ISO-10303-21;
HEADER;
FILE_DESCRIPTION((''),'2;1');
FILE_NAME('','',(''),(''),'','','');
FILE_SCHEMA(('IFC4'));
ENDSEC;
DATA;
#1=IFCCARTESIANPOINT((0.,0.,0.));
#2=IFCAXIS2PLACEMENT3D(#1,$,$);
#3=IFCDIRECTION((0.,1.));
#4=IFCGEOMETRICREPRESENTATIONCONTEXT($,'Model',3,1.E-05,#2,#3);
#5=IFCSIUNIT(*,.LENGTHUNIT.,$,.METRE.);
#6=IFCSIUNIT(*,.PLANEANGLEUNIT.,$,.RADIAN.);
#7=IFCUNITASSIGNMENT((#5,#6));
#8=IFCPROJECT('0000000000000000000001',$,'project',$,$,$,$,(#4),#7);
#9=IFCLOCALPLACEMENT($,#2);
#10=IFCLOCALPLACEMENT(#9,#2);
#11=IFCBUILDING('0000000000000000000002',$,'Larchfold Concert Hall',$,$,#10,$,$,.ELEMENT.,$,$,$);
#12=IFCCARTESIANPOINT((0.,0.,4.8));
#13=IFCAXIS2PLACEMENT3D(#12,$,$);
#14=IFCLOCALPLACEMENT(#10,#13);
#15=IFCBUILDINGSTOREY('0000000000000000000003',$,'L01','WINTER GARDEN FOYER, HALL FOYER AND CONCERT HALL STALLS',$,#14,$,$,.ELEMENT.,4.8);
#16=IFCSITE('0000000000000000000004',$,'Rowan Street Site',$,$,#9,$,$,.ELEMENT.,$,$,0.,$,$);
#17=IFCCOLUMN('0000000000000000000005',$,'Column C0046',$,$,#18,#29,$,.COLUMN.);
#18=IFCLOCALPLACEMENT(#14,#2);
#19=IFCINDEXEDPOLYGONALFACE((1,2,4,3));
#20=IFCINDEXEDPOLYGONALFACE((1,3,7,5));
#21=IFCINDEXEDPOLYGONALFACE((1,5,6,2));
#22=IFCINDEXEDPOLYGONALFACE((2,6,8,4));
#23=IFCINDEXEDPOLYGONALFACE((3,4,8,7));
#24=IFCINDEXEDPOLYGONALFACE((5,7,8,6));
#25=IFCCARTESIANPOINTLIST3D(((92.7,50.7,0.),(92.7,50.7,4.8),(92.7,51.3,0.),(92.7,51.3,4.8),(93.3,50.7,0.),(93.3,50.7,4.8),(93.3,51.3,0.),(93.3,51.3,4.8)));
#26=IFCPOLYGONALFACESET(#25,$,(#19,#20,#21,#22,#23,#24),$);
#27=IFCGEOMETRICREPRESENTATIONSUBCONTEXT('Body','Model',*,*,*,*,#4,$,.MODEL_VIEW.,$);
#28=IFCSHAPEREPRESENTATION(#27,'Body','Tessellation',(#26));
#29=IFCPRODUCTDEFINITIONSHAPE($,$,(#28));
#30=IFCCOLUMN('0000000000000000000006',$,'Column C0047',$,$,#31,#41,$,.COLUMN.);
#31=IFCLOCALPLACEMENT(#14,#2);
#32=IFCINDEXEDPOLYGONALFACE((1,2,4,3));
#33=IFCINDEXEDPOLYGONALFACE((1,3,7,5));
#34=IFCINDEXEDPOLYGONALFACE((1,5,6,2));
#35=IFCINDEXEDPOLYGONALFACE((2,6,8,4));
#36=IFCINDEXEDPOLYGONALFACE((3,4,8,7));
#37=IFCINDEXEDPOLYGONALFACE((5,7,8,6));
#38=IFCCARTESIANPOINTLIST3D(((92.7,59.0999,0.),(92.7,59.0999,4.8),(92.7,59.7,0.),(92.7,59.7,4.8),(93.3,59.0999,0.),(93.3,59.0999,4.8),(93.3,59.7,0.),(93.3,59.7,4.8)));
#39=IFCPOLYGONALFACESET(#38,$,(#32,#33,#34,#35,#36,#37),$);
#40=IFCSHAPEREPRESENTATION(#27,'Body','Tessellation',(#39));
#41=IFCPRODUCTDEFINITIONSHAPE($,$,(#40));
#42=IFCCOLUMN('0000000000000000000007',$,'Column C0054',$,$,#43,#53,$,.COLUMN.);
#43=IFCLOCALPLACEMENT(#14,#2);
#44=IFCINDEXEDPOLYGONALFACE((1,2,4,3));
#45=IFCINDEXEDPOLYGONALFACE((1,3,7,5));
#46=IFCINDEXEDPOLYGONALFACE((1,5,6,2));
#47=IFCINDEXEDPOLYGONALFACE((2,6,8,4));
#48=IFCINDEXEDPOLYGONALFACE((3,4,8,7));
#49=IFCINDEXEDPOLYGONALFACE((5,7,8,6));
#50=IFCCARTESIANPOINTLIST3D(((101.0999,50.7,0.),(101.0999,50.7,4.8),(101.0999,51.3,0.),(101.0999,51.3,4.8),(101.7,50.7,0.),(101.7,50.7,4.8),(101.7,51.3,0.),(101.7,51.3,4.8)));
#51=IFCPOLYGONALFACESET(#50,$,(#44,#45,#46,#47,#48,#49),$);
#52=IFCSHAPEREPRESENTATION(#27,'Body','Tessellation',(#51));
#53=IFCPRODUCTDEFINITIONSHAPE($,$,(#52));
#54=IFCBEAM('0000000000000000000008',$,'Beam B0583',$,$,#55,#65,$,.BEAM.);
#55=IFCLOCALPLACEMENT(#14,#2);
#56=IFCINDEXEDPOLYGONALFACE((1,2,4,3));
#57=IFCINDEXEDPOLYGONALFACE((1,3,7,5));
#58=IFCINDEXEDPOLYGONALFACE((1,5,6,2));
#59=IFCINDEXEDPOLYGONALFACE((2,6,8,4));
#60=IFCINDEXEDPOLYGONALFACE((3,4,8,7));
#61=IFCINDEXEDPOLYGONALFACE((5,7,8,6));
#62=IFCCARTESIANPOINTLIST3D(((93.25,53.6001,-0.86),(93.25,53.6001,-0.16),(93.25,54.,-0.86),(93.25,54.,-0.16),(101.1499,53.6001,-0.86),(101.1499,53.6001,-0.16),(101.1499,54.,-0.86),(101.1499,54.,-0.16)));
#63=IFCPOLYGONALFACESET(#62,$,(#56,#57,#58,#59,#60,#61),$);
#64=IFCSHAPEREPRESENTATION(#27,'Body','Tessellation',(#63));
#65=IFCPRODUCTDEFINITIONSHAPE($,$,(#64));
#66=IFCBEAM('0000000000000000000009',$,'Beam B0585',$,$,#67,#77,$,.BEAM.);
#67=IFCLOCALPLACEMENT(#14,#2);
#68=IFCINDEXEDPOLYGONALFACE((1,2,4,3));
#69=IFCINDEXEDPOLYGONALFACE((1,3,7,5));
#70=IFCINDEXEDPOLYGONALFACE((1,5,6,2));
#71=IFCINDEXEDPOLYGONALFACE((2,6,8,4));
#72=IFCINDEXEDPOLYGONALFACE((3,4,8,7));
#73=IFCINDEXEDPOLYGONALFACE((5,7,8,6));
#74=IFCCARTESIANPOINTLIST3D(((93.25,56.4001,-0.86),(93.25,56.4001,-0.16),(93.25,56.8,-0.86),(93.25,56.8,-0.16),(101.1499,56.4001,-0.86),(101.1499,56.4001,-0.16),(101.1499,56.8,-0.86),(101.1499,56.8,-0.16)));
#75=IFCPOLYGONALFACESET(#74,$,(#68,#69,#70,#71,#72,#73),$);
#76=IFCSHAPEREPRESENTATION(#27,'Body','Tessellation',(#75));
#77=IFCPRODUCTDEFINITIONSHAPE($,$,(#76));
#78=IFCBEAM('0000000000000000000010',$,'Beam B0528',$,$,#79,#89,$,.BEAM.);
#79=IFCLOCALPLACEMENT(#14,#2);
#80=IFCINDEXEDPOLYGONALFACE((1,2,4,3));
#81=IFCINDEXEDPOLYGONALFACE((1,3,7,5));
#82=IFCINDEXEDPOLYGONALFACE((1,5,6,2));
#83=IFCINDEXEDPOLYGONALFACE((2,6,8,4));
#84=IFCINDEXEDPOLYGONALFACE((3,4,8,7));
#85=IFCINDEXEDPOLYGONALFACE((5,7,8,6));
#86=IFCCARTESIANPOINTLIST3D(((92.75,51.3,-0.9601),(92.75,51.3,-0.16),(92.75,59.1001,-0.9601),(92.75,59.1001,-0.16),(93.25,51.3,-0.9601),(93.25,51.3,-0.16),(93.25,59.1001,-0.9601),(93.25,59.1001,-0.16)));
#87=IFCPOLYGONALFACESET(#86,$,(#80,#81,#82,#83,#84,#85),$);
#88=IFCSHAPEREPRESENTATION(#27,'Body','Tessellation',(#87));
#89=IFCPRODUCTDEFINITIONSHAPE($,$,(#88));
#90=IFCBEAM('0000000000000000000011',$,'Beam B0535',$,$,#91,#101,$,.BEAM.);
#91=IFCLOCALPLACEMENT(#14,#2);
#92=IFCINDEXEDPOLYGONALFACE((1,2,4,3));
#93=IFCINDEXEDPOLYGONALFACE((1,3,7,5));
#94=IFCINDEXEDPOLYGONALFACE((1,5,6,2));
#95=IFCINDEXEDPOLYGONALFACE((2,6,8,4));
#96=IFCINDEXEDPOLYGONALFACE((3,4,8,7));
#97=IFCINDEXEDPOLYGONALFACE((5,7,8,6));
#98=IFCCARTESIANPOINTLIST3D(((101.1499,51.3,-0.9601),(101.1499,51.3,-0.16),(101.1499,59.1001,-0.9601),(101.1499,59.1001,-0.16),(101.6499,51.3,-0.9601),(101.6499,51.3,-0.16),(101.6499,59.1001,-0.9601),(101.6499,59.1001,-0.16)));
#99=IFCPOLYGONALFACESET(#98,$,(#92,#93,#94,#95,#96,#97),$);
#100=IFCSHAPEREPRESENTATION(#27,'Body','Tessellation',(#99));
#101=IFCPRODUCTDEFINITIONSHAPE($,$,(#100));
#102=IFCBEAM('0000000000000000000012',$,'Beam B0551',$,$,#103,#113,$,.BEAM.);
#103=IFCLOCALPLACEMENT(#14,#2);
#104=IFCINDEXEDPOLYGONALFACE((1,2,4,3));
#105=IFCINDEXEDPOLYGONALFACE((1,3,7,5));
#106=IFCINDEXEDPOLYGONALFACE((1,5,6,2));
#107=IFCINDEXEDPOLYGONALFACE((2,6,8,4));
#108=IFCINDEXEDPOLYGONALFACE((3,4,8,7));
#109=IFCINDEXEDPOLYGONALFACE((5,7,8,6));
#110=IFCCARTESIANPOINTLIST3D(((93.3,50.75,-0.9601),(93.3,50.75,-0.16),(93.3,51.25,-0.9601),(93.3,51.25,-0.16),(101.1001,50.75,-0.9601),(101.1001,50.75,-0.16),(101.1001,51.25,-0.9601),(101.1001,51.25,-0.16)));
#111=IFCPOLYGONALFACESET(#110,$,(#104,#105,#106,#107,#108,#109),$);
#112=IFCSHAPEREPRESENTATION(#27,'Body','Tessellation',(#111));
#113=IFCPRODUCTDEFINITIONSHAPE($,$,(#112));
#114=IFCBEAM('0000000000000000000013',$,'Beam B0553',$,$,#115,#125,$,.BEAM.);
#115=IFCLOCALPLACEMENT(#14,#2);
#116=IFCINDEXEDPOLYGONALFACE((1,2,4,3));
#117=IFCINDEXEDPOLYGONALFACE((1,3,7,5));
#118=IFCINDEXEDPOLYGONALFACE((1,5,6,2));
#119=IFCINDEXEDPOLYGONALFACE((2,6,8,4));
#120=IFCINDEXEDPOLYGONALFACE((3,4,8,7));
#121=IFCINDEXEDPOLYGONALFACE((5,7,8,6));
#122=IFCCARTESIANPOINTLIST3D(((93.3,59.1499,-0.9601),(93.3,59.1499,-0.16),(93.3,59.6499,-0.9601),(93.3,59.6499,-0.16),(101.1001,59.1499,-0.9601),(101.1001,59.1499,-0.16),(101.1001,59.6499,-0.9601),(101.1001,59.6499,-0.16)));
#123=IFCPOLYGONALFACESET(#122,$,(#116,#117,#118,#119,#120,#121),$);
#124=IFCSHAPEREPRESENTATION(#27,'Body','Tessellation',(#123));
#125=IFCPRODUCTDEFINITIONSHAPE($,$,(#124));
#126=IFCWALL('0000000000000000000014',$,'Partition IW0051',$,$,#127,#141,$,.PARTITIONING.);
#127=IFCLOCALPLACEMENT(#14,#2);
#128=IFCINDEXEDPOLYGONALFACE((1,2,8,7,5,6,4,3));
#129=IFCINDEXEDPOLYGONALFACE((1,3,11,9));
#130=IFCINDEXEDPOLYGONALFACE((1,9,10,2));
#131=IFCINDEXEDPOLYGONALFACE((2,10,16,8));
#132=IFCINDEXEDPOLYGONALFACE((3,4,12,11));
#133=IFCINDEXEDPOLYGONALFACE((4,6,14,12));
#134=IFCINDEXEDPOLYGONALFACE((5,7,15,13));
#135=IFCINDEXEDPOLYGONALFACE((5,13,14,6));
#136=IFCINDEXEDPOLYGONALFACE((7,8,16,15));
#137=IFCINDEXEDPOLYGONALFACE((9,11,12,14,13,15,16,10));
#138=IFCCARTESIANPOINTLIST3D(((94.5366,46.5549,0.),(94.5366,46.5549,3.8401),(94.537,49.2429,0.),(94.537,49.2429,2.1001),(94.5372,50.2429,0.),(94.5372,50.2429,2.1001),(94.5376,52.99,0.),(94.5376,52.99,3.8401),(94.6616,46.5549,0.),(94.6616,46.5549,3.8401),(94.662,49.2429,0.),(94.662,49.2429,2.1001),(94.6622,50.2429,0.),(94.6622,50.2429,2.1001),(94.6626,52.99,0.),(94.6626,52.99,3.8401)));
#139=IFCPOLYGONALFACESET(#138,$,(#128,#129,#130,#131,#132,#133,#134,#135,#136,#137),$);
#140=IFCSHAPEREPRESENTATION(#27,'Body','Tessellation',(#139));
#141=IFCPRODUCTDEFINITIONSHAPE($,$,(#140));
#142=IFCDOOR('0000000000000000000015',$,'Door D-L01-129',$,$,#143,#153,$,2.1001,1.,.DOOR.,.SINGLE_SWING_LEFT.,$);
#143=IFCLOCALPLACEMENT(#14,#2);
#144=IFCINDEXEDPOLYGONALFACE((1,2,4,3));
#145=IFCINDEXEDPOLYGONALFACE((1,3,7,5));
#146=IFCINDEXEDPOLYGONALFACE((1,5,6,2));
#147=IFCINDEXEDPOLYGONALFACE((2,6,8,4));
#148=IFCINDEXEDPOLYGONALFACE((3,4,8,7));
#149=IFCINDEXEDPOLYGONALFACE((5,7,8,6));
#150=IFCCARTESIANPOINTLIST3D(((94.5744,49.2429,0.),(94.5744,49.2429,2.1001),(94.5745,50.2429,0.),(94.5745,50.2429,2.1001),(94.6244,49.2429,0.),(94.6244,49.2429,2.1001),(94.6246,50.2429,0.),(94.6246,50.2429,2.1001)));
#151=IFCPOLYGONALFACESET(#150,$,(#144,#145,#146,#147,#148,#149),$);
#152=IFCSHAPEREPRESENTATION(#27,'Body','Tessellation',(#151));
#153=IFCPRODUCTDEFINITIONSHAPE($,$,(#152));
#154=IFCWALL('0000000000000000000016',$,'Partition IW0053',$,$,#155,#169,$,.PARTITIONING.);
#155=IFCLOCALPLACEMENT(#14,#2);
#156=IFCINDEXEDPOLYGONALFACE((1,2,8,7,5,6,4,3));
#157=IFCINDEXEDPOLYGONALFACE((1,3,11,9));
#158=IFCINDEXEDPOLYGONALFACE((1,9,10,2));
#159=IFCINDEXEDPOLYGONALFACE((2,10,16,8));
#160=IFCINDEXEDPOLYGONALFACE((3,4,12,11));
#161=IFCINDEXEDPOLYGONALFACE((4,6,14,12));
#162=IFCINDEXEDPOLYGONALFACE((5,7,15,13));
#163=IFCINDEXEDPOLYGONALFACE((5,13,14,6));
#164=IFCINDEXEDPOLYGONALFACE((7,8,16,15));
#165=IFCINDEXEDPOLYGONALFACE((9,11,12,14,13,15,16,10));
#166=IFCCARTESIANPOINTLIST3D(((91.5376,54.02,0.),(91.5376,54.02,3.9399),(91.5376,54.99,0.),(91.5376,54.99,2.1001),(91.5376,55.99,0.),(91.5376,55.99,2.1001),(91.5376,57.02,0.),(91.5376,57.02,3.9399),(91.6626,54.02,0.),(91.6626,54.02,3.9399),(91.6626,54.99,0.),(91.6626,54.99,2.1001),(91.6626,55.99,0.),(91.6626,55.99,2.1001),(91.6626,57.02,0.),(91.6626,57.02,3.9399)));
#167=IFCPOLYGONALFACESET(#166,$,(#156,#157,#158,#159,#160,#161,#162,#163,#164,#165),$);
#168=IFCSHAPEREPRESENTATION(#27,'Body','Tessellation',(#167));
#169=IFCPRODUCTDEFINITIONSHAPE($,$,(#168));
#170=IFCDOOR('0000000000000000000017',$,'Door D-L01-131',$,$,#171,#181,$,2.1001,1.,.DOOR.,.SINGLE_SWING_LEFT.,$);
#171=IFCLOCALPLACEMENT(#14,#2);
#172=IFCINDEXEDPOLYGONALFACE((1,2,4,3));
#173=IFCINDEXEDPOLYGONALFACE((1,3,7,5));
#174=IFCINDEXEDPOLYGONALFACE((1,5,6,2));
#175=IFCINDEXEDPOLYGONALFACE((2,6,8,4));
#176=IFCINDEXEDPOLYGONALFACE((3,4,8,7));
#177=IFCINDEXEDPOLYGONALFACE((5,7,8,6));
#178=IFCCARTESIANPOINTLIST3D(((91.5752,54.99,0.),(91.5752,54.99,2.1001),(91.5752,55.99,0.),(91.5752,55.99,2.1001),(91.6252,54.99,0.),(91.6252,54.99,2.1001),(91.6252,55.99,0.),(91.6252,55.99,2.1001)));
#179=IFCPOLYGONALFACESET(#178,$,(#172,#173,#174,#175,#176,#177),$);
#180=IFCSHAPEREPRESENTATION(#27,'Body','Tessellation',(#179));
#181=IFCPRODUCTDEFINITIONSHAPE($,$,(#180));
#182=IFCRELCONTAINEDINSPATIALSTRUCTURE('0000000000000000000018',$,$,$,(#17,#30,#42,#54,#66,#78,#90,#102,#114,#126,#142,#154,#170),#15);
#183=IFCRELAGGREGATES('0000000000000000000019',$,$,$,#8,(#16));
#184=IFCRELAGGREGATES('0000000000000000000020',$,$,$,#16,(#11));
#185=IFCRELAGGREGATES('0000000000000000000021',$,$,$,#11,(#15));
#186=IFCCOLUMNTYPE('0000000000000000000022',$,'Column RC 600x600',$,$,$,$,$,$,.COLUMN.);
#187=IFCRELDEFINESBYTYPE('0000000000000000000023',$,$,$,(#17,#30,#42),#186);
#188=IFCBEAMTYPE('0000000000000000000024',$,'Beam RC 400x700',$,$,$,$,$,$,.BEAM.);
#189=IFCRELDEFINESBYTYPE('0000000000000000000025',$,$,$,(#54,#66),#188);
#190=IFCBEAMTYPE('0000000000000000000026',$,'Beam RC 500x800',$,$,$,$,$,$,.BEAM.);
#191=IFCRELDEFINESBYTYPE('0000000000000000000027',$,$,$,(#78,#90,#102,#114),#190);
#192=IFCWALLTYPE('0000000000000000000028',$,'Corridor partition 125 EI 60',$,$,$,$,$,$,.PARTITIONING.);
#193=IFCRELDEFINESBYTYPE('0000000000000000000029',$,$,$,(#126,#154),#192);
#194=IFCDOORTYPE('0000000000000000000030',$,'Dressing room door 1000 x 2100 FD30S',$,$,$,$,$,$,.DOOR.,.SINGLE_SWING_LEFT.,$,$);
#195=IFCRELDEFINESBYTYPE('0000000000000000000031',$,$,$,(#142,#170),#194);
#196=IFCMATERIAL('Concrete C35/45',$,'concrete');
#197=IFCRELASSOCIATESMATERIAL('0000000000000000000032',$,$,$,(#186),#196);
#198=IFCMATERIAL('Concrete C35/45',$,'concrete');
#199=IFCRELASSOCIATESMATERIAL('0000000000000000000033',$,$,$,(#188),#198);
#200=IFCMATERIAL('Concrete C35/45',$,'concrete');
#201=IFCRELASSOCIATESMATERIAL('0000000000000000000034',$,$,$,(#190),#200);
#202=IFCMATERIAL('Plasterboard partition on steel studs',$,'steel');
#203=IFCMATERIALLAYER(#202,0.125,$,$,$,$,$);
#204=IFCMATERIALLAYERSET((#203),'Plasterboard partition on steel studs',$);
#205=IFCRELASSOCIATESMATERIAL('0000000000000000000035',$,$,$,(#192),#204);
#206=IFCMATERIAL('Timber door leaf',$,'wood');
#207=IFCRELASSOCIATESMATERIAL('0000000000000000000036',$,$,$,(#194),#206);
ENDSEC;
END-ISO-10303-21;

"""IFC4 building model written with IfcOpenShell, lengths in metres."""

from ifc_helpers import new_model, si_unit, direction, frame, frame_2d, origin, origin_2d, place, context, subcontext, project, spatial, rectangle, extrude, material, layer, layer_set, material_profile, profile_set, type_object, element, fill, save


model = new_model("IFC4")

# Units and contexts
model_context = context("Model", 3, precision=1e-05, world=origin(), true_north=direction((0.0, 1.0)))
body_context = subcontext(model_context, "Body", "Model", "MODEL_VIEW")
ifc_project = project(units=[si_unit("LENGTHUNIT", "METRE"), si_unit("PLANEANGLEUNIT", "RADIAN")], contexts=[model_context])

# Site, building, storey
site_placement = place(None, origin())
site = spatial("IfcSite", under=ifc_project, at=site_placement, Name="Rowan Street Site", CompositionType="ELEMENT", RefElevation=0.0)
building_placement = place(site_placement, origin())
building = spatial("IfcBuilding", under=site, at=building_placement, Name="Larchfold Concert Hall", CompositionType="ELEMENT")
storey_placement = place(building_placement, frame((0.0, 0.0, 4.8)))
storey = spatial("IfcBuildingStorey", under=building, at=storey_placement, Name="L01", Description="WINTER GARDEN FOYER, HALL FOYER AND CONCERT HALL STALLS", CompositionType="ELEMENT", Elevation=4.8)

# Columns
ifc_material_1 = material(Name="Concrete C35/45", Category="concrete")
ifc_material_profile_1 = material_profile(ifc_material_1, rectangle(XDim=0.6001, YDim=0.6001, at=origin_2d()))
ifc_profile_set_1 = profile_set([ifc_material_profile_1], Name="Concrete C35/45")
column_type = type_object("IfcColumnType", Name="Column RC 600x600", PredefinedType="COLUMN", material=ifc_profile_set_1)
for number, where, z_axis, x_axis, name in (
    (1, (93.0, 51.0, 0.0), (0.0, 0.0, 1.0), (1.0, 0.0, 0.0), "Column C0046"),
    (2, (93.0, 59.3999, 0.0), (0.0, 0.0, 1.0), (1.0, 0.0, 0.0), "Column C0047"),
    (3, (101.3999, 51.0, 0.0), (0.0, 0.0, 1.0), (1.0, 0.0, 0.0), "Column C0054"),
):
    element("IfcColumn", number, at=place(storey_placement, frame(where, z_axis=z_axis, x_axis=x_axis)), inside=storey, type_object=column_type, Name=name, PredefinedType="COLUMN", context=body_context, shape_type="SweptSolid", body=[
        extrude(rectangle(XDim=0.6001, YDim=0.6001, at=origin_2d()), origin(), (0.0, 0.0, 1.0), 4.8),
    ])

# Beams
ifc_material_2 = material(Name="Concrete C35/45", Category="concrete")
ifc_material_profile_2 = material_profile(ifc_material_2, rectangle(XDim=0.3999, YDim=0.7, at=origin_2d()))
ifc_profile_set_2 = profile_set([ifc_material_profile_2], Name="Concrete C35/45")
beam_type_1 = type_object("IfcBeamType", Name="Beam RC 400x700", PredefinedType="BEAM", material=ifc_profile_set_2)
for number, where, z_axis, x_axis, name in (
    (4, (93.25, 53.8, -0.51), (1.0, 0.0, 0.0), (0.0, 1.0, 0.0), "Beam B0583"),
    (5, (93.25, 56.6001, -0.51), (1.0, 0.0, 0.0), (0.0, 1.0, 0.0), "Beam B0585"),
):
    element("IfcBeam", number, at=place(storey_placement, frame(where, z_axis=z_axis, x_axis=x_axis)), inside=storey, type_object=beam_type_1, Name=name, PredefinedType="BEAM", context=body_context, shape_type="SweptSolid", body=[
        extrude(rectangle(XDim=0.3999, YDim=0.7, at=origin_2d()), origin(), (0.0, 0.0, 1.0), 7.8999),
    ])
ifc_material_3 = material(Name="Concrete C35/45", Category="concrete")
ifc_material_profile_3 = material_profile(ifc_material_3, rectangle(XDim=0.5, YDim=0.8, at=origin_2d()))
ifc_profile_set_3 = profile_set([ifc_material_profile_3], Name="Concrete C35/45")
beam_type_2 = type_object("IfcBeamType", Name="Beam RC 500x800", PredefinedType="BEAM", material=ifc_profile_set_3)
for number, where, z_axis, x_axis, name in (
    (6, (93.0, 51.3, -0.5601), (0.0, 1.0, 0.0), (-1.0, 0.0, 0.0), "Beam B0528"),
    (7, (101.3999, 51.3, -0.5601), (0.0, 1.0, 0.0), (-1.0, 0.0, 0.0), "Beam B0535"),
    (8, (93.3, 51.0, -0.5601), (1.0, 0.0, 0.0), (0.0, 1.0, 0.0), "Beam B0551"),
    (9, (93.3, 59.3999, -0.5601), (1.0, 0.0, 0.0), (0.0, 1.0, 0.0), "Beam B0553"),
):
    element("IfcBeam", number, at=place(storey_placement, frame(where, z_axis=z_axis, x_axis=x_axis)), inside=storey, type_object=beam_type_2, Name=name, PredefinedType="BEAM", context=body_context, shape_type="SweptSolid", body=[
        extrude(rectangle(XDim=0.5, YDim=0.8, at=origin_2d()), origin(), (0.0, 0.0, 1.0), 7.8),
    ])

# Walls, openings, doors
ifc_material_4 = material(Name="Plasterboard partition on steel studs", Category="steel")
ifc_layer_1 = layer(ifc_material_4, 0.125)
ifc_layer_set_1 = layer_set([ifc_layer_1], Name="Plasterboard partition on steel studs")
wall_type_1 = type_object("IfcWallType", Name="Corridor partition 125 EI 60", PredefinedType="PARTITIONING", material=ifc_layer_set_1)
wall_1_placement = place(storey_placement, frame((94.6001, 52.99, 0.0), z_axis=(0.0, 0.0, 1.0), x_axis=(-0.000152, -1.0, 0.0)))
wall_1 = element("IfcWall", 10, at=wall_1_placement, inside=storey, type_object=wall_type_1, Name="Partition IW0051", PredefinedType="PARTITIONING", context=body_context, shape_type="SweptSolid", body=[
    extrude(rectangle(XDim=6.4351, YDim=0.125, at=frame_2d((3.2175, 0.0))), origin(), (0.0, 0.0, 1.0), 3.8401),
])
opening_1_placement = place(wall_1_placement, frame((2.7471, 0.0, 0.0)))
opening_1 = element("IfcOpeningElement", 11, at=opening_1_placement, cuts=wall_1, PredefinedType="OPENING", context=body_context, shape_type="SweptSolid", body=[
    extrude(rectangle(XDim=1.0, YDim=2.1001, at=frame_2d((0.5, 1.05))), frame((0.0, 0.0725, 0.0), z_axis=(0.0, -1.0, 0.0), x_axis=(1.0, 0.0, 0.0)), (0.0, 0.0, 1.0), 0.145),
])
ifc_material_5 = material(Name="Timber door leaf", Category="wood")
door_type = type_object("IfcDoorType", Name="Dressing room door 1000 x 2100 FD30S", OperationType="SINGLE_SWING_LEFT", PredefinedType="DOOR", material=ifc_material_5)
door_1_placement = place(opening_1_placement, origin())
door_1 = element("IfcDoor", 12, at=door_1_placement, inside=storey, type_object=door_type, Name="Door D-L01-129", OperationType="SINGLE_SWING_LEFT", OverallHeight=2.1001, OverallWidth=1.0, PredefinedType="DOOR", context=body_context, shape_type="SweptSolid", body=[
    extrude(rectangle(XDim=1.0, YDim=2.1001, at=frame_2d((0.5, 1.05))), frame((0.0, 0.0249, 0.0), z_axis=(0.0, -1.0, 0.0), x_axis=(1.0, 0.0, 0.0)), (0.0, 0.0, 1.0), 0.05),
])
fill(opening_1, door_1)
wall_2_placement = place(storey_placement, frame((91.6001, 54.02, 0.0), z_axis=(0.0, 0.0, 1.0), x_axis=(0.0, 1.0, 0.0)))
wall_2 = element("IfcWall", 13, at=wall_2_placement, inside=storey, type_object=wall_type_1, Name="Partition IW0053", PredefinedType="PARTITIONING", context=body_context, shape_type="SweptSolid", body=[
    extrude(rectangle(XDim=3.0, YDim=0.125, at=frame_2d((1.5, 0.0))), origin(), (0.0, 0.0, 1.0), 3.9399),
])
opening_2_placement = place(wall_2_placement, frame((0.97, 0.0, 0.0)))
opening_2 = element("IfcOpeningElement", 14, at=opening_2_placement, cuts=wall_2, PredefinedType="OPENING", context=body_context, shape_type="SweptSolid", body=[
    extrude(rectangle(XDim=1.0, YDim=2.1001, at=frame_2d((0.5, 1.05))), frame((0.0, 0.0725, 0.0), z_axis=(0.0, -1.0, 0.0), x_axis=(1.0, 0.0, 0.0)), (0.0, 0.0, 1.0), 0.145),
])
door_2_placement = place(opening_2_placement, origin())
door_2 = element("IfcDoor", 15, at=door_2_placement, inside=storey, type_object=door_type, Name="Door D-L01-131", OperationType="SINGLE_SWING_LEFT", OverallHeight=2.1001, OverallWidth=1.0, PredefinedType="DOOR", context=body_context, shape_type="SweptSolid", body=[
    extrude(rectangle(XDim=1.0, YDim=2.1001, at=frame_2d((0.5, 1.05))), frame((0.0, 0.0249, 0.0), z_axis=(0.0, -1.0, 0.0), x_axis=(1.0, 0.0, 0.0)), (0.0, 0.0, 1.0), 0.05),
])
fill(opening_2, door_2)

save(model, "model.ifc")
